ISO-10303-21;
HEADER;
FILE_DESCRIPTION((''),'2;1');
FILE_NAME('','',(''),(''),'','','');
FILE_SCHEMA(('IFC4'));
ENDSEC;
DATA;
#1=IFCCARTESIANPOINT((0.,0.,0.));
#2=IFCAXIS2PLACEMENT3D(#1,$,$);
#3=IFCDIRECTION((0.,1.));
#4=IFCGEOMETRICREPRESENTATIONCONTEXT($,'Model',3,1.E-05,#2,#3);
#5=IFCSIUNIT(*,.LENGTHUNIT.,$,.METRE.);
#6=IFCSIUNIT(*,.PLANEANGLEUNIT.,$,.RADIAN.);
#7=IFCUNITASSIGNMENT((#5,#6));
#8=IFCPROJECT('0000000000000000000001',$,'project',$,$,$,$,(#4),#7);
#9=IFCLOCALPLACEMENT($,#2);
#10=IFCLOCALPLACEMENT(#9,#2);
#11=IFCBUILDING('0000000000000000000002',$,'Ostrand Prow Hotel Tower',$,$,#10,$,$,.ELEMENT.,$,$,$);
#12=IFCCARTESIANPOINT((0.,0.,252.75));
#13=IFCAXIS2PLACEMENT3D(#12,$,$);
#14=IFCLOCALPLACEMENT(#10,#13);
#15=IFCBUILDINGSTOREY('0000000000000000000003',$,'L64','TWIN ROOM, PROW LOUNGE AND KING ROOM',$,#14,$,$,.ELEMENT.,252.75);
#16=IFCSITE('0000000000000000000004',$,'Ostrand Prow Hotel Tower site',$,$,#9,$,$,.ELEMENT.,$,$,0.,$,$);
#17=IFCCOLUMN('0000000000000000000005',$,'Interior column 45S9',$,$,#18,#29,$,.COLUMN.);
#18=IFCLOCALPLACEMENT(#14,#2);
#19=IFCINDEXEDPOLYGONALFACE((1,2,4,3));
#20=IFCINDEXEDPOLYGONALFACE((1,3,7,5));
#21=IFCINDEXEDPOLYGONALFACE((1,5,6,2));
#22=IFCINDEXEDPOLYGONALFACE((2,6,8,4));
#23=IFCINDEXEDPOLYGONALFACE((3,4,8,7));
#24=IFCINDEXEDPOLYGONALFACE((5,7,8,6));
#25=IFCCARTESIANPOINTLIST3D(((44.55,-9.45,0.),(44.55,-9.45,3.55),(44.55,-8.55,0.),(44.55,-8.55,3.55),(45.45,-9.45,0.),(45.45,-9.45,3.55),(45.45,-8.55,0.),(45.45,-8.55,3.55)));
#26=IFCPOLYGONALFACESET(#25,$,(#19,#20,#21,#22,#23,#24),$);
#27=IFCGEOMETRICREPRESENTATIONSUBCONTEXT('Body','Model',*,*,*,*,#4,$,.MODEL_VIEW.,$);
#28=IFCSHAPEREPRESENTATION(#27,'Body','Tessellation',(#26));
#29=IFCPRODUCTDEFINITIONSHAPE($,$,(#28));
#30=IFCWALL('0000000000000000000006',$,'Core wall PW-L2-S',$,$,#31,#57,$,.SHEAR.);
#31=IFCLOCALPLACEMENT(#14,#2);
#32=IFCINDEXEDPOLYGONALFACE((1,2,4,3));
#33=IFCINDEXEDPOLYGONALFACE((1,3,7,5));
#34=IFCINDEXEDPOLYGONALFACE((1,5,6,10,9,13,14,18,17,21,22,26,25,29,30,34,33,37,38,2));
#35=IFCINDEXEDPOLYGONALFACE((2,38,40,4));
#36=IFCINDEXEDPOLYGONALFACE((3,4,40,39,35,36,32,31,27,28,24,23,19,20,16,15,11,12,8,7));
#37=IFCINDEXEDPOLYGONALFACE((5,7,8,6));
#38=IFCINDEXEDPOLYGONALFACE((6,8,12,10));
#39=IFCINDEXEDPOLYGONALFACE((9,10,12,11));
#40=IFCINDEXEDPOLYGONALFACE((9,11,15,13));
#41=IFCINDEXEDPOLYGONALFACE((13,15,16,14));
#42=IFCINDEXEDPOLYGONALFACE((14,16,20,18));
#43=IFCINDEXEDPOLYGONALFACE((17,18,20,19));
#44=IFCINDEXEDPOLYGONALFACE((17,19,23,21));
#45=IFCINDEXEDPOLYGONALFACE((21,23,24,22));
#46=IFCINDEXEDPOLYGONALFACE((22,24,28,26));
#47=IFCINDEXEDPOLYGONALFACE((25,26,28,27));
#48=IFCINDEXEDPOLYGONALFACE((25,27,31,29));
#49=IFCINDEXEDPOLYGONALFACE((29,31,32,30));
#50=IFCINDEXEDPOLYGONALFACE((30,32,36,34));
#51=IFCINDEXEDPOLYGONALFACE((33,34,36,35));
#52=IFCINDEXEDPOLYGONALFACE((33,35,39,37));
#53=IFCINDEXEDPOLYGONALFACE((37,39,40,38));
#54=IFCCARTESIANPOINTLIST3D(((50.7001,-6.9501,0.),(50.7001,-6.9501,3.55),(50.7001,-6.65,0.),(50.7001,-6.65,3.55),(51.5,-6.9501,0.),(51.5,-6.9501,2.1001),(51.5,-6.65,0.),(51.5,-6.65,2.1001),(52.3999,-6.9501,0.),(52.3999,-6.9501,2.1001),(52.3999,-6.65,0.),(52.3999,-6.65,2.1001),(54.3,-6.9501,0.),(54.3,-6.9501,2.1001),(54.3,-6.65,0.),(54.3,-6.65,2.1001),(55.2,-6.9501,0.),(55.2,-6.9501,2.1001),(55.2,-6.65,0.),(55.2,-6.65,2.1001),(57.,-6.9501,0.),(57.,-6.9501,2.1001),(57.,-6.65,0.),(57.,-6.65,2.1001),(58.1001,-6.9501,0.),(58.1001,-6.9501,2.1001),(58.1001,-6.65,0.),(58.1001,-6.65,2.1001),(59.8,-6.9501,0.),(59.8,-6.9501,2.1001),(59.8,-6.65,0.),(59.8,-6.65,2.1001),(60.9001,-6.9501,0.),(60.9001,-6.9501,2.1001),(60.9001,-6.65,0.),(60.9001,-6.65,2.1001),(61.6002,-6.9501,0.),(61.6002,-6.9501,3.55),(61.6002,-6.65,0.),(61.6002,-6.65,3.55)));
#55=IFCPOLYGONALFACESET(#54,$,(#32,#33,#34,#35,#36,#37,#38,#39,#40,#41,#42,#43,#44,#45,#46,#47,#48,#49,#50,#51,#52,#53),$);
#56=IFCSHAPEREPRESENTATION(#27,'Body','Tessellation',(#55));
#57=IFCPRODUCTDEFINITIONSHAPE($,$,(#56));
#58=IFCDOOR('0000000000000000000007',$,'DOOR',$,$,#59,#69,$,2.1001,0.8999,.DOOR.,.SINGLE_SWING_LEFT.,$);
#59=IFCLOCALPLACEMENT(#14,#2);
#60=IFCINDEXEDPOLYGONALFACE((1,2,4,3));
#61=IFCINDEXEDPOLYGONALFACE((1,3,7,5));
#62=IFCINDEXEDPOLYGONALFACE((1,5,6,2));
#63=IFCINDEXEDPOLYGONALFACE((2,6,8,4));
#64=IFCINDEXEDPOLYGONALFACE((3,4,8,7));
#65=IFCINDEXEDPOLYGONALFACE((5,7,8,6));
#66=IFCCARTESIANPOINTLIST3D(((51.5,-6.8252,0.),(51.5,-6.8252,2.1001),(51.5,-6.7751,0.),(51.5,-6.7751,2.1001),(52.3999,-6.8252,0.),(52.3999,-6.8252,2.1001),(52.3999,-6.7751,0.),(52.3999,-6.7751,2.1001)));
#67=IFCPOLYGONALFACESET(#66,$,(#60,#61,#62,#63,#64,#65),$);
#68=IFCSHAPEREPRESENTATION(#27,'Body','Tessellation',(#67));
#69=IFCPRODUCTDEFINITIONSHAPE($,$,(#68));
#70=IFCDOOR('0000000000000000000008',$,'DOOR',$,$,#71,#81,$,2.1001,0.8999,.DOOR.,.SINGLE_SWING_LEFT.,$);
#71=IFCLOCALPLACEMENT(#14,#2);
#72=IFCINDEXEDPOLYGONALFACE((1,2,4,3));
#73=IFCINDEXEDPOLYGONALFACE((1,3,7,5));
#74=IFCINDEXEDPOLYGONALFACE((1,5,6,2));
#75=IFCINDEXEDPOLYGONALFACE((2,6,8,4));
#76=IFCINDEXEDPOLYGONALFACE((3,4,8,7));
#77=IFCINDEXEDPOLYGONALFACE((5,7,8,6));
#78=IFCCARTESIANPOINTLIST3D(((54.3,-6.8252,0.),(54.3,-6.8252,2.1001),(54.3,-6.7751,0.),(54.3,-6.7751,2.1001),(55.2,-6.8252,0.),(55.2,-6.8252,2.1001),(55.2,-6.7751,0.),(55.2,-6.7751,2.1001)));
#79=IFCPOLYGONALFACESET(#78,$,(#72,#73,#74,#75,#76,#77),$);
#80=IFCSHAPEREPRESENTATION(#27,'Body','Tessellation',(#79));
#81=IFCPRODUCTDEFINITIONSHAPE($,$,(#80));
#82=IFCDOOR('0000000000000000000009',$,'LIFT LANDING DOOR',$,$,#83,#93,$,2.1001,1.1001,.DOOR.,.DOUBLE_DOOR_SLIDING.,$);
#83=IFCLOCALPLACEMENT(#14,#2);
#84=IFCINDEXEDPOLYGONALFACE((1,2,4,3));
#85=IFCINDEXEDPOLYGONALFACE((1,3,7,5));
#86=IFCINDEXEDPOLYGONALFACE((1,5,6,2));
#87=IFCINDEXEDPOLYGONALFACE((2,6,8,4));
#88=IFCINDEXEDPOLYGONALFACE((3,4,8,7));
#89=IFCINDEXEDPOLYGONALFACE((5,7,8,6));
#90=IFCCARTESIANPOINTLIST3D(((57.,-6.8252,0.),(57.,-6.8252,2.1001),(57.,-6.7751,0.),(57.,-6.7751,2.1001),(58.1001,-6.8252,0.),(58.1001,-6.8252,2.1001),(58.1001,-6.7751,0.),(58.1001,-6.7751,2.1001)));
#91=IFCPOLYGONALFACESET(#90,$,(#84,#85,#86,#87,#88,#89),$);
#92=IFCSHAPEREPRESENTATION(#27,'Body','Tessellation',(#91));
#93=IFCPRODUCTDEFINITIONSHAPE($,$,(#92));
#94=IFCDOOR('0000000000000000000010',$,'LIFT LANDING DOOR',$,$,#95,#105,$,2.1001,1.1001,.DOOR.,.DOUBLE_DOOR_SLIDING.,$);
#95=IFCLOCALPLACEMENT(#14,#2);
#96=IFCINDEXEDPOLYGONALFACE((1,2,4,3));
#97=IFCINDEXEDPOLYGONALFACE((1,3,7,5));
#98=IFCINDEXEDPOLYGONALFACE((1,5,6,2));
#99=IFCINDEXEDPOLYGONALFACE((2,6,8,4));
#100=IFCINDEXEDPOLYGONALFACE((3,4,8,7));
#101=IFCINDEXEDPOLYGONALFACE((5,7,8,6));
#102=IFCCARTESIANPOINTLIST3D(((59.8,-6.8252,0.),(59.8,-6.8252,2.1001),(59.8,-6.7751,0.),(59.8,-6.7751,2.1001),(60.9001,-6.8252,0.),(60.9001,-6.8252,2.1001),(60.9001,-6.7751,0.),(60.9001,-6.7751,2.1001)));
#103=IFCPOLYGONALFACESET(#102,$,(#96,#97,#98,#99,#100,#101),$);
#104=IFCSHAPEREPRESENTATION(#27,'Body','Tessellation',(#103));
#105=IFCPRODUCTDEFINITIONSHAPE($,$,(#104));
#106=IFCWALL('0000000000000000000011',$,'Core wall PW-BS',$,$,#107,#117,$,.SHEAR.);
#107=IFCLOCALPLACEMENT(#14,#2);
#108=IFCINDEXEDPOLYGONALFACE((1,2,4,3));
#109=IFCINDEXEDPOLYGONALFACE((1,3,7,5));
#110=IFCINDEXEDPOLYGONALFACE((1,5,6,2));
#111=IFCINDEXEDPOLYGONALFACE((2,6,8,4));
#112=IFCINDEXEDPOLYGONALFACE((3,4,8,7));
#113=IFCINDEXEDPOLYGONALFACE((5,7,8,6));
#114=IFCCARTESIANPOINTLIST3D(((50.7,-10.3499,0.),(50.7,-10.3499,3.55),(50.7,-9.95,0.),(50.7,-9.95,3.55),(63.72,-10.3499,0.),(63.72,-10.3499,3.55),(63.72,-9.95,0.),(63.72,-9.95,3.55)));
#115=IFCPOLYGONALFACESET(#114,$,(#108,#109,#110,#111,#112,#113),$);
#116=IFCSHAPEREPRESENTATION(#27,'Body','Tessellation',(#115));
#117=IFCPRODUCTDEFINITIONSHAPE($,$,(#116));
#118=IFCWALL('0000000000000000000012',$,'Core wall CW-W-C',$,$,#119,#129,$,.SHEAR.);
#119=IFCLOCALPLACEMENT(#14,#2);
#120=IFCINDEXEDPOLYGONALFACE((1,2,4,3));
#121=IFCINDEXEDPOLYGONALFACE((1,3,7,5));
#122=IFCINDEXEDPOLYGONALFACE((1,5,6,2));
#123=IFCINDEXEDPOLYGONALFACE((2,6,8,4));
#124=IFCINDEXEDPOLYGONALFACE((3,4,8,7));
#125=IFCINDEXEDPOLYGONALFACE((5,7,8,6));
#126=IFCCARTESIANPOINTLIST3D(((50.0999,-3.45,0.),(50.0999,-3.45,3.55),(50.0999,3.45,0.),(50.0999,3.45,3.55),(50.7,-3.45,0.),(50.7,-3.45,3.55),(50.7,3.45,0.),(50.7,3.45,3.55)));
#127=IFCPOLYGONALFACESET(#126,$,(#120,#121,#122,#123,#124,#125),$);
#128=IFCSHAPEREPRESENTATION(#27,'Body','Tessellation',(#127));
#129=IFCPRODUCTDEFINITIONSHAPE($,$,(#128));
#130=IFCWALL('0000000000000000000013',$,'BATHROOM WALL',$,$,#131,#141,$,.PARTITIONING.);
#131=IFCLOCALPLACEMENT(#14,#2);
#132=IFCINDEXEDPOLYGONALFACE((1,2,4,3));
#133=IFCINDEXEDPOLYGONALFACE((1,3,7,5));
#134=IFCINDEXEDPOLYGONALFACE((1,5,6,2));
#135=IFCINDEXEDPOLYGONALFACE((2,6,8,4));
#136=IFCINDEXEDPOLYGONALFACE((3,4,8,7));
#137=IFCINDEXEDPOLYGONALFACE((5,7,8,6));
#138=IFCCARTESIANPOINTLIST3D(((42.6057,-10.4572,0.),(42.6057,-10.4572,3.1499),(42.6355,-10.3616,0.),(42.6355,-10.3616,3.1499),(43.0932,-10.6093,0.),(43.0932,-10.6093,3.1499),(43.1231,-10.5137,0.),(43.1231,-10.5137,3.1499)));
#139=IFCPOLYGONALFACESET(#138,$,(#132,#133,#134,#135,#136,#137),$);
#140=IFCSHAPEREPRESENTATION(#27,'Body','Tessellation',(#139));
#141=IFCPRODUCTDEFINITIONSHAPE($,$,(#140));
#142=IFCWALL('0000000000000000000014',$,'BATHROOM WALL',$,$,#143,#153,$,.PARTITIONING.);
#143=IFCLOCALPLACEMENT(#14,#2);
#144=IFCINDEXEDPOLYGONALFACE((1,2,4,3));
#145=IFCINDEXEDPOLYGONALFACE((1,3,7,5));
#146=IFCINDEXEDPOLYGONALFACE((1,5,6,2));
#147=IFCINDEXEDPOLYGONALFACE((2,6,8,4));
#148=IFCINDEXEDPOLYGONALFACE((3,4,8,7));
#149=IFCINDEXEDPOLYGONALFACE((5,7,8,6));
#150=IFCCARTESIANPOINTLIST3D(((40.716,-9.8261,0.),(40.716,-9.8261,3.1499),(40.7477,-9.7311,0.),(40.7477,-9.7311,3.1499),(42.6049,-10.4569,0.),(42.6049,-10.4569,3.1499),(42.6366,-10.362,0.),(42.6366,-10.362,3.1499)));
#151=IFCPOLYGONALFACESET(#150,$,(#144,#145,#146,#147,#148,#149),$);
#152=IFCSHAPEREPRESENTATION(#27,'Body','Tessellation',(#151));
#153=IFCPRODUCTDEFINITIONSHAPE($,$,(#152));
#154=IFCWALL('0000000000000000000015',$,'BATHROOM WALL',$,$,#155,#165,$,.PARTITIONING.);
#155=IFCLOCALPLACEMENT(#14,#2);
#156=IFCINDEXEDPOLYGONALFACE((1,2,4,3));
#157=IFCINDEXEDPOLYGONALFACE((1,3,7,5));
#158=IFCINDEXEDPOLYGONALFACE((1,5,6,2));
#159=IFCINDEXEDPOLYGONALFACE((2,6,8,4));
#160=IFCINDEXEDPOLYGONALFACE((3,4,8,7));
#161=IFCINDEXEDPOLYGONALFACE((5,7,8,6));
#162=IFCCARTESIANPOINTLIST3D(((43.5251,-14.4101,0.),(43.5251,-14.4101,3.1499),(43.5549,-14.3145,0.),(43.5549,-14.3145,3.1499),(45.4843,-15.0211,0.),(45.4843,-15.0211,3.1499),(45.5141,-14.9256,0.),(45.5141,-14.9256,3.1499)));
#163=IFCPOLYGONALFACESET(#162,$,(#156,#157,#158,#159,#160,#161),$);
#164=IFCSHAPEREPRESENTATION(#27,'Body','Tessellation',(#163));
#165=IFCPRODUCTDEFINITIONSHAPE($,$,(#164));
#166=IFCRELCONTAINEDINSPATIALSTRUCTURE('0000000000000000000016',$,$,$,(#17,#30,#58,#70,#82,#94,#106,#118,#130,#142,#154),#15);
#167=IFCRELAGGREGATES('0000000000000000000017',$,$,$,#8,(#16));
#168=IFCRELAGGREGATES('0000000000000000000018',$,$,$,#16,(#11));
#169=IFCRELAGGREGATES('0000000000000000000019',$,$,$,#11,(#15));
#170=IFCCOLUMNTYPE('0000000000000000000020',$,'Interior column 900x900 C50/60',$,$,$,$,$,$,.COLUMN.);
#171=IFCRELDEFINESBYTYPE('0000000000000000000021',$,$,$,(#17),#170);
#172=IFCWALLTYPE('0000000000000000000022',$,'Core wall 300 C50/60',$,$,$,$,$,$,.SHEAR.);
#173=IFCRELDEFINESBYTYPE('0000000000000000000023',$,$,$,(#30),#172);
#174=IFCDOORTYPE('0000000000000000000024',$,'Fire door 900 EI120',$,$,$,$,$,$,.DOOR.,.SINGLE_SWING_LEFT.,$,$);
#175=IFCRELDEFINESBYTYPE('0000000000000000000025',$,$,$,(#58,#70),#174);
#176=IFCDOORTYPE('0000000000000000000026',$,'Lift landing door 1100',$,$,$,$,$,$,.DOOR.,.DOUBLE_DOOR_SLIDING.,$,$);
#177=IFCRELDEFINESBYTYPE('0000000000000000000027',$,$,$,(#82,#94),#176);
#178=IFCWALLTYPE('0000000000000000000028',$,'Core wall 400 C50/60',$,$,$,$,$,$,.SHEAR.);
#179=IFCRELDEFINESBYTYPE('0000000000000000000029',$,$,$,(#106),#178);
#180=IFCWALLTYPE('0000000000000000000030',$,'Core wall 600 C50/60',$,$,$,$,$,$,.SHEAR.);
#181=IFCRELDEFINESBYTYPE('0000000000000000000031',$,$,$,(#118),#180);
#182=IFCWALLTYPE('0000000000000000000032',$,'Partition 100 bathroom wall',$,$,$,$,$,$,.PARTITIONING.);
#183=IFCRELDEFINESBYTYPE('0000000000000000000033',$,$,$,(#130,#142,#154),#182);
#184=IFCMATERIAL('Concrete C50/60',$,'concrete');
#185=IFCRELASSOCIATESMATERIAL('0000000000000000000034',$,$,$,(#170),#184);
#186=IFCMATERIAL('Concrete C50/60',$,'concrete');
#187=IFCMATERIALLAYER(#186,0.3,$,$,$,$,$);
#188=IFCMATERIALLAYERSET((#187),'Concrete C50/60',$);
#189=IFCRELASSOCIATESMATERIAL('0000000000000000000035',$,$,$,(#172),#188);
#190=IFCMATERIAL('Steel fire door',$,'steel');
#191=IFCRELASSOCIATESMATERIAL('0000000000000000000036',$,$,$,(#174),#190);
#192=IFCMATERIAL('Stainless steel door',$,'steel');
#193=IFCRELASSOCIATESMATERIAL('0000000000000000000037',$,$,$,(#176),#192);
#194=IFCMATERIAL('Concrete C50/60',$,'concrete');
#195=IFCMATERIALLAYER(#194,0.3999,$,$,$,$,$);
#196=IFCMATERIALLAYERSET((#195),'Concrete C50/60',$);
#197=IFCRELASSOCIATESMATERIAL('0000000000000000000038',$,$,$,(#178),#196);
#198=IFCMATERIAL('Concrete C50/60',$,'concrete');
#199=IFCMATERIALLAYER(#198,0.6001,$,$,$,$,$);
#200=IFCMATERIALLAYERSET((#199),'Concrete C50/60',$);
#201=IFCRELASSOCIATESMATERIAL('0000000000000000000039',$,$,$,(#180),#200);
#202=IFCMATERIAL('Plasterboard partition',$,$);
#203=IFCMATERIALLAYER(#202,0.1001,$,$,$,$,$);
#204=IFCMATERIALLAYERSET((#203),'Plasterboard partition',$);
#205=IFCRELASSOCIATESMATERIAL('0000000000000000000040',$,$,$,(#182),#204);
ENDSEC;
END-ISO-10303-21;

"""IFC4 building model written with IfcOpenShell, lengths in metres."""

from ifc_helpers import new_model, si_unit, direction, frame, frame_2d, origin, origin_2d, place, context, subcontext, project, spatial, rectangle, extrude, material, layer, layer_set, material_profile, profile_set, type_object, element, fill, save


model = new_model("IFC4")

# Units and contexts
model_context = context("Model", 3, precision=1e-05, world=origin(), true_north=direction((0.0, 1.0)))
body_context = subcontext(model_context, "Body", "Model", "MODEL_VIEW")
ifc_project = project(units=[si_unit("LENGTHUNIT", "METRE"), si_unit("PLANEANGLEUNIT", "RADIAN")], contexts=[model_context])

# Site, building, storey
site_placement = place(None, origin())
site = spatial("IfcSite", under=ifc_project, at=site_placement, Name="Ostrand Prow Hotel Tower site", CompositionType="ELEMENT", RefElevation=0.0)
building_placement = place(site_placement, origin())
building = spatial("IfcBuilding", under=site, at=building_placement, Name="Ostrand Prow Hotel Tower", CompositionType="ELEMENT")
storey_placement = place(building_placement, frame((0.0, 0.0, 252.75)))
storey = spatial("IfcBuildingStorey", under=building, at=storey_placement, Name="L64", Description="TWIN ROOM, PROW LOUNGE AND KING ROOM", CompositionType="ELEMENT", Elevation=252.75)

# Column
ifc_material_1 = material(Name="Concrete C50/60", Category="concrete")
ifc_material_profile = material_profile(ifc_material_1, rectangle(XDim=0.8999, YDim=0.8999, at=origin_2d()), Name="RC 900x900")
ifc_profile_set = profile_set([ifc_material_profile], Name="Concrete C50/60")
column_type = type_object("IfcColumnType", Name="Interior column 900x900 C50/60", PredefinedType="COLUMN", material=ifc_profile_set)
column_placement = place(storey_placement, frame((45.0, -9.0, 0.0), z_axis=(0.0, 0.0, 1.0), x_axis=(1.0, 0.0, 0.0)))
element("IfcColumn", 1, at=column_placement, inside=storey, type_object=column_type, Name="Interior column 45S9", PredefinedType="COLUMN", context=body_context, shape_type="SweptSolid", body=[
    extrude(rectangle(XDim=0.8999, YDim=0.8999, at=origin_2d()), origin(), (0.0, 0.0, 1.0), 3.55),
])

# Wall, openings, doors
ifc_material_2 = material(Name="Concrete C50/60", Category="concrete")
ifc_layer_1 = layer(ifc_material_2, 0.3)
ifc_layer_set_1 = layer_set([ifc_layer_1], Name="Concrete C50/60")
wall_type_1 = type_object("IfcWallType", Name="Core wall 300 C50/60", PredefinedType="SHEAR", material=ifc_layer_set_1)
wall_1_placement = place(storey_placement, frame((50.7, -6.8, 0.0), z_axis=(0.0, 0.0, 1.0), x_axis=(1.0, 0.0, 0.0)))
wall_1 = element("IfcWall", 2, at=wall_1_placement, inside=storey, type_object=wall_type_1, Name="Core wall PW-L2-S", PredefinedType="SHEAR", context=body_context, shape_type="SweptSolid", body=[
    extrude(rectangle(XDim=10.9001, YDim=0.3, at=frame_2d((5.4502, 0.0))), origin(), (0.0, 0.0, 1.0), 3.55),
])
opening_1_placement = place(wall_1_placement, frame((6.3, 0.0, 0.0)))
opening_1 = element("IfcOpeningElement", 3, at=opening_1_placement, cuts=wall_1, PredefinedType="OPENING", context=body_context, shape_type="SweptSolid", body=[
    extrude(rectangle(XDim=1.1001, YDim=2.1001, at=frame_2d((0.55, 1.05))), frame((0.0, 0.1599, 0.0), z_axis=(0.0, -1.0, 0.0), x_axis=(1.0, 0.0, 0.0)), (0.0, 0.0, 1.0), 0.3201),
])
opening_2_placement = place(wall_1_placement, frame((9.1001, 0.0, 0.0)))
opening_2 = element("IfcOpeningElement", 4, at=opening_2_placement, cuts=wall_1, PredefinedType="OPENING", context=body_context, shape_type="SweptSolid", body=[
    extrude(rectangle(XDim=1.1001, YDim=2.1001, at=frame_2d((0.55, 1.05))), frame((0.0, 0.1599, 0.0), z_axis=(0.0, -1.0, 0.0), x_axis=(1.0, 0.0, 0.0)), (0.0, 0.0, 1.0), 0.3201),
])
opening_3_placement = place(wall_1_placement, frame((0.8, 0.0, 0.0)))
opening_3 = element("IfcOpeningElement", 5, at=opening_3_placement, cuts=wall_1, PredefinedType="OPENING", context=body_context, shape_type="SweptSolid", body=[
    extrude(rectangle(XDim=0.8999, YDim=2.1001, at=frame_2d((0.45, 1.05))), frame((0.0, 0.1599, 0.0), z_axis=(0.0, -1.0, 0.0), x_axis=(1.0, 0.0, 0.0)), (0.0, 0.0, 1.0), 0.3201),
])
opening_4_placement = place(wall_1_placement, frame((3.6001, 0.0, 0.0)))
opening_4 = element("IfcOpeningElement", 6, at=opening_4_placement, cuts=wall_1, PredefinedType="OPENING", context=body_context, shape_type="SweptSolid", body=[
    extrude(rectangle(XDim=0.8999, YDim=2.1001, at=frame_2d((0.45, 1.05))), frame((0.0, 0.1599, 0.0), z_axis=(0.0, -1.0, 0.0), x_axis=(1.0, 0.0, 0.0)), (0.0, 0.0, 1.0), 0.3201),
])
ifc_material_3 = material(Name="Steel fire door", Category="steel")
door_type_1 = type_object("IfcDoorType", Name="Fire door 900 EI120", OperationType="SINGLE_SWING_LEFT", PredefinedType="DOOR", material=ifc_material_3)
door_1_placement = place(opening_3_placement, origin())
door_1 = element("IfcDoor", 7, at=door_1_placement, inside=storey, type_object=door_type_1, Name="DOOR", OperationType="SINGLE_SWING_LEFT", OverallHeight=2.1001, OverallWidth=0.8999, PredefinedType="DOOR", context=body_context, shape_type="SweptSolid", body=[
    extrude(rectangle(XDim=0.8999, YDim=2.1001, at=frame_2d((0.45, 1.05))), frame((0.0, 0.0249, 0.0), z_axis=(0.0, -1.0, 0.0), x_axis=(1.0, 0.0, 0.0)), (0.0, 0.0, 1.0), 0.05),
])
fill(opening_3, door_1)
door_2_placement = place(opening_4_placement, origin())
door_2 = element("IfcDoor", 8, at=door_2_placement, inside=storey, type_object=door_type_1, Name="DOOR", OperationType="SINGLE_SWING_LEFT", OverallHeight=2.1001, OverallWidth=0.8999, PredefinedType="DOOR", context=body_context, shape_type="SweptSolid", body=[
    extrude(rectangle(XDim=0.8999, YDim=2.1001, at=frame_2d((0.45, 1.05))), frame((0.0, 0.0249, 0.0), z_axis=(0.0, -1.0, 0.0), x_axis=(1.0, 0.0, 0.0)), (0.0, 0.0, 1.0), 0.05),
])
fill(opening_4, door_2)
ifc_material_4 = material(Name="Stainless steel door", Category="steel")
door_type_2 = type_object("IfcDoorType", Name="Lift landing door 1100", OperationType="DOUBLE_DOOR_SLIDING", PredefinedType="DOOR", material=ifc_material_4)
door_3_placement = place(opening_1_placement, origin())
door_3 = element("IfcDoor", 9, at=door_3_placement, inside=storey, type_object=door_type_2, Name="LIFT LANDING DOOR", OperationType="DOUBLE_DOOR_SLIDING", OverallHeight=2.1001, OverallWidth=1.1001, PredefinedType="DOOR", context=body_context, shape_type="SweptSolid", body=[
    extrude(rectangle(XDim=1.1001, YDim=2.1001, at=frame_2d((0.55, 1.05))), frame((0.0, 0.0249, 0.0), z_axis=(0.0, -1.0, 0.0), x_axis=(1.0, 0.0, 0.0)), (0.0, 0.0, 1.0), 0.05),
])
fill(opening_1, door_3)
door_4_placement = place(opening_2_placement, origin())
door_4 = element("IfcDoor", 10, at=door_4_placement, inside=storey, type_object=door_type_2, Name="LIFT LANDING DOOR", OperationType="DOUBLE_DOOR_SLIDING", OverallHeight=2.1001, OverallWidth=1.1001, PredefinedType="DOOR", context=body_context, shape_type="SweptSolid", body=[
    extrude(rectangle(XDim=1.1001, YDim=2.1001, at=frame_2d((0.55, 1.05))), frame((0.0, 0.0249, 0.0), z_axis=(0.0, -1.0, 0.0), x_axis=(1.0, 0.0, 0.0)), (0.0, 0.0, 1.0), 0.05),
])
fill(opening_2, door_4)

# Walls
ifc_material_5 = material(Name="Concrete C50/60", Category="concrete")
ifc_layer_2 = layer(ifc_material_5, 0.3999)
ifc_layer_set_2 = layer_set([ifc_layer_2], Name="Concrete C50/60")
wall_type_2 = type_object("IfcWallType", Name="Core wall 400 C50/60", PredefinedType="SHEAR", material=ifc_layer_set_2)
wall_2_placement = place(storey_placement, frame((50.7, -10.1499, 0.0), z_axis=(0.0, 0.0, 1.0), x_axis=(1.0, 0.0, 0.0)))
element("IfcWall", 11, at=wall_2_placement, inside=storey, type_object=wall_type_2, Name="Core wall PW-BS", PredefinedType="SHEAR", context=body_context, shape_type="SweptSolid", body=[
    extrude(rectangle(XDim=13.02, YDim=0.3999, at=frame_2d((6.51, 0.0))), origin(), (0.0, 0.0, 1.0), 3.55),
])
ifc_material_6 = material(Name="Concrete C50/60", Category="concrete")
ifc_layer_3 = layer(ifc_material_6, 0.6001)
ifc_layer_set_3 = layer_set([ifc_layer_3], Name="Concrete C50/60")
wall_type_3 = type_object("IfcWallType", Name="Core wall 600 C50/60", PredefinedType="SHEAR", material=ifc_layer_set_3)
wall_3_placement = place(storey_placement, frame((50.3999, -3.45, 0.0), z_axis=(0.0, 0.0, 1.0), x_axis=(0.0, 1.0, 0.0)))
element("IfcWall", 12, at=wall_3_placement, inside=storey, type_object=wall_type_3, Name="Core wall CW-W-C", PredefinedType="SHEAR", context=body_context, shape_type="SweptSolid", body=[
    extrude(rectangle(XDim=6.8999, YDim=0.6001, at=frame_2d((3.45, 0.0))), origin(), (0.0, 0.0, 1.0), 3.55),
])
ifc_material_7 = material(Name="Plasterboard partition")
ifc_layer_4 = layer(ifc_material_7, 0.1001)
ifc_layer_set_4 = layer_set([ifc_layer_4], Name="Plasterboard partition")
wall_type_4 = type_object("IfcWallType", Name="Partition 100 bathroom wall", PredefinedType="PARTITIONING", material=ifc_layer_set_4)
wall_4_placement = place(storey_placement, frame((43.1082, -10.5615, 0.0), z_axis=(0.0, 0.0, 1.0), x_axis=(-0.954624, 0.297812, 0.0)))
element("IfcWall", 13, at=wall_4_placement, inside=storey, type_object=wall_type_4, Name="BATHROOM WALL", PredefinedType="PARTITIONING", context=body_context, shape_type="SweptSolid", body=[
    extrude(rectangle(XDim=0.5107, YDim=0.1001, at=frame_2d((0.2554, 0.0))), origin(), (0.0, 0.0, 1.0), 3.1499),
])
wall_5_placement = place(storey_placement, frame((42.6206, -10.4094, 0.0), z_axis=(0.0, 0.0, 1.0), x_axis=(-0.948499, 0.316779, 0.0)))
element("IfcWall", 14, at=wall_5_placement, inside=storey, type_object=wall_type_4, Name="BATHROOM WALL", PredefinedType="PARTITIONING", context=body_context, shape_type="SweptSolid", body=[
    extrude(rectangle(XDim=1.9915, YDim=0.1001, at=frame_2d((0.9956, 0.0))), origin(), (0.0, 0.0, 1.0), 3.1499),
])
wall_6_placement = place(storey_placement, frame((43.54, -14.3623, 0.0), z_axis=(0.0, 0.0, 1.0), x_axis=(0.954643, -0.297753, 0.0)))
element("IfcWall", 15, at=wall_6_placement, inside=storey, type_object=wall_type_4, Name="BATHROOM WALL", PredefinedType="PARTITIONING", context=body_context, shape_type="SweptSolid", body=[
    extrude(rectangle(XDim=2.0522, YDim=0.1001, at=frame_2d((1.0261, 0.0))), origin(), (0.0, 0.0, 1.0), 3.1499),
])

save(model, "model.ifc")
